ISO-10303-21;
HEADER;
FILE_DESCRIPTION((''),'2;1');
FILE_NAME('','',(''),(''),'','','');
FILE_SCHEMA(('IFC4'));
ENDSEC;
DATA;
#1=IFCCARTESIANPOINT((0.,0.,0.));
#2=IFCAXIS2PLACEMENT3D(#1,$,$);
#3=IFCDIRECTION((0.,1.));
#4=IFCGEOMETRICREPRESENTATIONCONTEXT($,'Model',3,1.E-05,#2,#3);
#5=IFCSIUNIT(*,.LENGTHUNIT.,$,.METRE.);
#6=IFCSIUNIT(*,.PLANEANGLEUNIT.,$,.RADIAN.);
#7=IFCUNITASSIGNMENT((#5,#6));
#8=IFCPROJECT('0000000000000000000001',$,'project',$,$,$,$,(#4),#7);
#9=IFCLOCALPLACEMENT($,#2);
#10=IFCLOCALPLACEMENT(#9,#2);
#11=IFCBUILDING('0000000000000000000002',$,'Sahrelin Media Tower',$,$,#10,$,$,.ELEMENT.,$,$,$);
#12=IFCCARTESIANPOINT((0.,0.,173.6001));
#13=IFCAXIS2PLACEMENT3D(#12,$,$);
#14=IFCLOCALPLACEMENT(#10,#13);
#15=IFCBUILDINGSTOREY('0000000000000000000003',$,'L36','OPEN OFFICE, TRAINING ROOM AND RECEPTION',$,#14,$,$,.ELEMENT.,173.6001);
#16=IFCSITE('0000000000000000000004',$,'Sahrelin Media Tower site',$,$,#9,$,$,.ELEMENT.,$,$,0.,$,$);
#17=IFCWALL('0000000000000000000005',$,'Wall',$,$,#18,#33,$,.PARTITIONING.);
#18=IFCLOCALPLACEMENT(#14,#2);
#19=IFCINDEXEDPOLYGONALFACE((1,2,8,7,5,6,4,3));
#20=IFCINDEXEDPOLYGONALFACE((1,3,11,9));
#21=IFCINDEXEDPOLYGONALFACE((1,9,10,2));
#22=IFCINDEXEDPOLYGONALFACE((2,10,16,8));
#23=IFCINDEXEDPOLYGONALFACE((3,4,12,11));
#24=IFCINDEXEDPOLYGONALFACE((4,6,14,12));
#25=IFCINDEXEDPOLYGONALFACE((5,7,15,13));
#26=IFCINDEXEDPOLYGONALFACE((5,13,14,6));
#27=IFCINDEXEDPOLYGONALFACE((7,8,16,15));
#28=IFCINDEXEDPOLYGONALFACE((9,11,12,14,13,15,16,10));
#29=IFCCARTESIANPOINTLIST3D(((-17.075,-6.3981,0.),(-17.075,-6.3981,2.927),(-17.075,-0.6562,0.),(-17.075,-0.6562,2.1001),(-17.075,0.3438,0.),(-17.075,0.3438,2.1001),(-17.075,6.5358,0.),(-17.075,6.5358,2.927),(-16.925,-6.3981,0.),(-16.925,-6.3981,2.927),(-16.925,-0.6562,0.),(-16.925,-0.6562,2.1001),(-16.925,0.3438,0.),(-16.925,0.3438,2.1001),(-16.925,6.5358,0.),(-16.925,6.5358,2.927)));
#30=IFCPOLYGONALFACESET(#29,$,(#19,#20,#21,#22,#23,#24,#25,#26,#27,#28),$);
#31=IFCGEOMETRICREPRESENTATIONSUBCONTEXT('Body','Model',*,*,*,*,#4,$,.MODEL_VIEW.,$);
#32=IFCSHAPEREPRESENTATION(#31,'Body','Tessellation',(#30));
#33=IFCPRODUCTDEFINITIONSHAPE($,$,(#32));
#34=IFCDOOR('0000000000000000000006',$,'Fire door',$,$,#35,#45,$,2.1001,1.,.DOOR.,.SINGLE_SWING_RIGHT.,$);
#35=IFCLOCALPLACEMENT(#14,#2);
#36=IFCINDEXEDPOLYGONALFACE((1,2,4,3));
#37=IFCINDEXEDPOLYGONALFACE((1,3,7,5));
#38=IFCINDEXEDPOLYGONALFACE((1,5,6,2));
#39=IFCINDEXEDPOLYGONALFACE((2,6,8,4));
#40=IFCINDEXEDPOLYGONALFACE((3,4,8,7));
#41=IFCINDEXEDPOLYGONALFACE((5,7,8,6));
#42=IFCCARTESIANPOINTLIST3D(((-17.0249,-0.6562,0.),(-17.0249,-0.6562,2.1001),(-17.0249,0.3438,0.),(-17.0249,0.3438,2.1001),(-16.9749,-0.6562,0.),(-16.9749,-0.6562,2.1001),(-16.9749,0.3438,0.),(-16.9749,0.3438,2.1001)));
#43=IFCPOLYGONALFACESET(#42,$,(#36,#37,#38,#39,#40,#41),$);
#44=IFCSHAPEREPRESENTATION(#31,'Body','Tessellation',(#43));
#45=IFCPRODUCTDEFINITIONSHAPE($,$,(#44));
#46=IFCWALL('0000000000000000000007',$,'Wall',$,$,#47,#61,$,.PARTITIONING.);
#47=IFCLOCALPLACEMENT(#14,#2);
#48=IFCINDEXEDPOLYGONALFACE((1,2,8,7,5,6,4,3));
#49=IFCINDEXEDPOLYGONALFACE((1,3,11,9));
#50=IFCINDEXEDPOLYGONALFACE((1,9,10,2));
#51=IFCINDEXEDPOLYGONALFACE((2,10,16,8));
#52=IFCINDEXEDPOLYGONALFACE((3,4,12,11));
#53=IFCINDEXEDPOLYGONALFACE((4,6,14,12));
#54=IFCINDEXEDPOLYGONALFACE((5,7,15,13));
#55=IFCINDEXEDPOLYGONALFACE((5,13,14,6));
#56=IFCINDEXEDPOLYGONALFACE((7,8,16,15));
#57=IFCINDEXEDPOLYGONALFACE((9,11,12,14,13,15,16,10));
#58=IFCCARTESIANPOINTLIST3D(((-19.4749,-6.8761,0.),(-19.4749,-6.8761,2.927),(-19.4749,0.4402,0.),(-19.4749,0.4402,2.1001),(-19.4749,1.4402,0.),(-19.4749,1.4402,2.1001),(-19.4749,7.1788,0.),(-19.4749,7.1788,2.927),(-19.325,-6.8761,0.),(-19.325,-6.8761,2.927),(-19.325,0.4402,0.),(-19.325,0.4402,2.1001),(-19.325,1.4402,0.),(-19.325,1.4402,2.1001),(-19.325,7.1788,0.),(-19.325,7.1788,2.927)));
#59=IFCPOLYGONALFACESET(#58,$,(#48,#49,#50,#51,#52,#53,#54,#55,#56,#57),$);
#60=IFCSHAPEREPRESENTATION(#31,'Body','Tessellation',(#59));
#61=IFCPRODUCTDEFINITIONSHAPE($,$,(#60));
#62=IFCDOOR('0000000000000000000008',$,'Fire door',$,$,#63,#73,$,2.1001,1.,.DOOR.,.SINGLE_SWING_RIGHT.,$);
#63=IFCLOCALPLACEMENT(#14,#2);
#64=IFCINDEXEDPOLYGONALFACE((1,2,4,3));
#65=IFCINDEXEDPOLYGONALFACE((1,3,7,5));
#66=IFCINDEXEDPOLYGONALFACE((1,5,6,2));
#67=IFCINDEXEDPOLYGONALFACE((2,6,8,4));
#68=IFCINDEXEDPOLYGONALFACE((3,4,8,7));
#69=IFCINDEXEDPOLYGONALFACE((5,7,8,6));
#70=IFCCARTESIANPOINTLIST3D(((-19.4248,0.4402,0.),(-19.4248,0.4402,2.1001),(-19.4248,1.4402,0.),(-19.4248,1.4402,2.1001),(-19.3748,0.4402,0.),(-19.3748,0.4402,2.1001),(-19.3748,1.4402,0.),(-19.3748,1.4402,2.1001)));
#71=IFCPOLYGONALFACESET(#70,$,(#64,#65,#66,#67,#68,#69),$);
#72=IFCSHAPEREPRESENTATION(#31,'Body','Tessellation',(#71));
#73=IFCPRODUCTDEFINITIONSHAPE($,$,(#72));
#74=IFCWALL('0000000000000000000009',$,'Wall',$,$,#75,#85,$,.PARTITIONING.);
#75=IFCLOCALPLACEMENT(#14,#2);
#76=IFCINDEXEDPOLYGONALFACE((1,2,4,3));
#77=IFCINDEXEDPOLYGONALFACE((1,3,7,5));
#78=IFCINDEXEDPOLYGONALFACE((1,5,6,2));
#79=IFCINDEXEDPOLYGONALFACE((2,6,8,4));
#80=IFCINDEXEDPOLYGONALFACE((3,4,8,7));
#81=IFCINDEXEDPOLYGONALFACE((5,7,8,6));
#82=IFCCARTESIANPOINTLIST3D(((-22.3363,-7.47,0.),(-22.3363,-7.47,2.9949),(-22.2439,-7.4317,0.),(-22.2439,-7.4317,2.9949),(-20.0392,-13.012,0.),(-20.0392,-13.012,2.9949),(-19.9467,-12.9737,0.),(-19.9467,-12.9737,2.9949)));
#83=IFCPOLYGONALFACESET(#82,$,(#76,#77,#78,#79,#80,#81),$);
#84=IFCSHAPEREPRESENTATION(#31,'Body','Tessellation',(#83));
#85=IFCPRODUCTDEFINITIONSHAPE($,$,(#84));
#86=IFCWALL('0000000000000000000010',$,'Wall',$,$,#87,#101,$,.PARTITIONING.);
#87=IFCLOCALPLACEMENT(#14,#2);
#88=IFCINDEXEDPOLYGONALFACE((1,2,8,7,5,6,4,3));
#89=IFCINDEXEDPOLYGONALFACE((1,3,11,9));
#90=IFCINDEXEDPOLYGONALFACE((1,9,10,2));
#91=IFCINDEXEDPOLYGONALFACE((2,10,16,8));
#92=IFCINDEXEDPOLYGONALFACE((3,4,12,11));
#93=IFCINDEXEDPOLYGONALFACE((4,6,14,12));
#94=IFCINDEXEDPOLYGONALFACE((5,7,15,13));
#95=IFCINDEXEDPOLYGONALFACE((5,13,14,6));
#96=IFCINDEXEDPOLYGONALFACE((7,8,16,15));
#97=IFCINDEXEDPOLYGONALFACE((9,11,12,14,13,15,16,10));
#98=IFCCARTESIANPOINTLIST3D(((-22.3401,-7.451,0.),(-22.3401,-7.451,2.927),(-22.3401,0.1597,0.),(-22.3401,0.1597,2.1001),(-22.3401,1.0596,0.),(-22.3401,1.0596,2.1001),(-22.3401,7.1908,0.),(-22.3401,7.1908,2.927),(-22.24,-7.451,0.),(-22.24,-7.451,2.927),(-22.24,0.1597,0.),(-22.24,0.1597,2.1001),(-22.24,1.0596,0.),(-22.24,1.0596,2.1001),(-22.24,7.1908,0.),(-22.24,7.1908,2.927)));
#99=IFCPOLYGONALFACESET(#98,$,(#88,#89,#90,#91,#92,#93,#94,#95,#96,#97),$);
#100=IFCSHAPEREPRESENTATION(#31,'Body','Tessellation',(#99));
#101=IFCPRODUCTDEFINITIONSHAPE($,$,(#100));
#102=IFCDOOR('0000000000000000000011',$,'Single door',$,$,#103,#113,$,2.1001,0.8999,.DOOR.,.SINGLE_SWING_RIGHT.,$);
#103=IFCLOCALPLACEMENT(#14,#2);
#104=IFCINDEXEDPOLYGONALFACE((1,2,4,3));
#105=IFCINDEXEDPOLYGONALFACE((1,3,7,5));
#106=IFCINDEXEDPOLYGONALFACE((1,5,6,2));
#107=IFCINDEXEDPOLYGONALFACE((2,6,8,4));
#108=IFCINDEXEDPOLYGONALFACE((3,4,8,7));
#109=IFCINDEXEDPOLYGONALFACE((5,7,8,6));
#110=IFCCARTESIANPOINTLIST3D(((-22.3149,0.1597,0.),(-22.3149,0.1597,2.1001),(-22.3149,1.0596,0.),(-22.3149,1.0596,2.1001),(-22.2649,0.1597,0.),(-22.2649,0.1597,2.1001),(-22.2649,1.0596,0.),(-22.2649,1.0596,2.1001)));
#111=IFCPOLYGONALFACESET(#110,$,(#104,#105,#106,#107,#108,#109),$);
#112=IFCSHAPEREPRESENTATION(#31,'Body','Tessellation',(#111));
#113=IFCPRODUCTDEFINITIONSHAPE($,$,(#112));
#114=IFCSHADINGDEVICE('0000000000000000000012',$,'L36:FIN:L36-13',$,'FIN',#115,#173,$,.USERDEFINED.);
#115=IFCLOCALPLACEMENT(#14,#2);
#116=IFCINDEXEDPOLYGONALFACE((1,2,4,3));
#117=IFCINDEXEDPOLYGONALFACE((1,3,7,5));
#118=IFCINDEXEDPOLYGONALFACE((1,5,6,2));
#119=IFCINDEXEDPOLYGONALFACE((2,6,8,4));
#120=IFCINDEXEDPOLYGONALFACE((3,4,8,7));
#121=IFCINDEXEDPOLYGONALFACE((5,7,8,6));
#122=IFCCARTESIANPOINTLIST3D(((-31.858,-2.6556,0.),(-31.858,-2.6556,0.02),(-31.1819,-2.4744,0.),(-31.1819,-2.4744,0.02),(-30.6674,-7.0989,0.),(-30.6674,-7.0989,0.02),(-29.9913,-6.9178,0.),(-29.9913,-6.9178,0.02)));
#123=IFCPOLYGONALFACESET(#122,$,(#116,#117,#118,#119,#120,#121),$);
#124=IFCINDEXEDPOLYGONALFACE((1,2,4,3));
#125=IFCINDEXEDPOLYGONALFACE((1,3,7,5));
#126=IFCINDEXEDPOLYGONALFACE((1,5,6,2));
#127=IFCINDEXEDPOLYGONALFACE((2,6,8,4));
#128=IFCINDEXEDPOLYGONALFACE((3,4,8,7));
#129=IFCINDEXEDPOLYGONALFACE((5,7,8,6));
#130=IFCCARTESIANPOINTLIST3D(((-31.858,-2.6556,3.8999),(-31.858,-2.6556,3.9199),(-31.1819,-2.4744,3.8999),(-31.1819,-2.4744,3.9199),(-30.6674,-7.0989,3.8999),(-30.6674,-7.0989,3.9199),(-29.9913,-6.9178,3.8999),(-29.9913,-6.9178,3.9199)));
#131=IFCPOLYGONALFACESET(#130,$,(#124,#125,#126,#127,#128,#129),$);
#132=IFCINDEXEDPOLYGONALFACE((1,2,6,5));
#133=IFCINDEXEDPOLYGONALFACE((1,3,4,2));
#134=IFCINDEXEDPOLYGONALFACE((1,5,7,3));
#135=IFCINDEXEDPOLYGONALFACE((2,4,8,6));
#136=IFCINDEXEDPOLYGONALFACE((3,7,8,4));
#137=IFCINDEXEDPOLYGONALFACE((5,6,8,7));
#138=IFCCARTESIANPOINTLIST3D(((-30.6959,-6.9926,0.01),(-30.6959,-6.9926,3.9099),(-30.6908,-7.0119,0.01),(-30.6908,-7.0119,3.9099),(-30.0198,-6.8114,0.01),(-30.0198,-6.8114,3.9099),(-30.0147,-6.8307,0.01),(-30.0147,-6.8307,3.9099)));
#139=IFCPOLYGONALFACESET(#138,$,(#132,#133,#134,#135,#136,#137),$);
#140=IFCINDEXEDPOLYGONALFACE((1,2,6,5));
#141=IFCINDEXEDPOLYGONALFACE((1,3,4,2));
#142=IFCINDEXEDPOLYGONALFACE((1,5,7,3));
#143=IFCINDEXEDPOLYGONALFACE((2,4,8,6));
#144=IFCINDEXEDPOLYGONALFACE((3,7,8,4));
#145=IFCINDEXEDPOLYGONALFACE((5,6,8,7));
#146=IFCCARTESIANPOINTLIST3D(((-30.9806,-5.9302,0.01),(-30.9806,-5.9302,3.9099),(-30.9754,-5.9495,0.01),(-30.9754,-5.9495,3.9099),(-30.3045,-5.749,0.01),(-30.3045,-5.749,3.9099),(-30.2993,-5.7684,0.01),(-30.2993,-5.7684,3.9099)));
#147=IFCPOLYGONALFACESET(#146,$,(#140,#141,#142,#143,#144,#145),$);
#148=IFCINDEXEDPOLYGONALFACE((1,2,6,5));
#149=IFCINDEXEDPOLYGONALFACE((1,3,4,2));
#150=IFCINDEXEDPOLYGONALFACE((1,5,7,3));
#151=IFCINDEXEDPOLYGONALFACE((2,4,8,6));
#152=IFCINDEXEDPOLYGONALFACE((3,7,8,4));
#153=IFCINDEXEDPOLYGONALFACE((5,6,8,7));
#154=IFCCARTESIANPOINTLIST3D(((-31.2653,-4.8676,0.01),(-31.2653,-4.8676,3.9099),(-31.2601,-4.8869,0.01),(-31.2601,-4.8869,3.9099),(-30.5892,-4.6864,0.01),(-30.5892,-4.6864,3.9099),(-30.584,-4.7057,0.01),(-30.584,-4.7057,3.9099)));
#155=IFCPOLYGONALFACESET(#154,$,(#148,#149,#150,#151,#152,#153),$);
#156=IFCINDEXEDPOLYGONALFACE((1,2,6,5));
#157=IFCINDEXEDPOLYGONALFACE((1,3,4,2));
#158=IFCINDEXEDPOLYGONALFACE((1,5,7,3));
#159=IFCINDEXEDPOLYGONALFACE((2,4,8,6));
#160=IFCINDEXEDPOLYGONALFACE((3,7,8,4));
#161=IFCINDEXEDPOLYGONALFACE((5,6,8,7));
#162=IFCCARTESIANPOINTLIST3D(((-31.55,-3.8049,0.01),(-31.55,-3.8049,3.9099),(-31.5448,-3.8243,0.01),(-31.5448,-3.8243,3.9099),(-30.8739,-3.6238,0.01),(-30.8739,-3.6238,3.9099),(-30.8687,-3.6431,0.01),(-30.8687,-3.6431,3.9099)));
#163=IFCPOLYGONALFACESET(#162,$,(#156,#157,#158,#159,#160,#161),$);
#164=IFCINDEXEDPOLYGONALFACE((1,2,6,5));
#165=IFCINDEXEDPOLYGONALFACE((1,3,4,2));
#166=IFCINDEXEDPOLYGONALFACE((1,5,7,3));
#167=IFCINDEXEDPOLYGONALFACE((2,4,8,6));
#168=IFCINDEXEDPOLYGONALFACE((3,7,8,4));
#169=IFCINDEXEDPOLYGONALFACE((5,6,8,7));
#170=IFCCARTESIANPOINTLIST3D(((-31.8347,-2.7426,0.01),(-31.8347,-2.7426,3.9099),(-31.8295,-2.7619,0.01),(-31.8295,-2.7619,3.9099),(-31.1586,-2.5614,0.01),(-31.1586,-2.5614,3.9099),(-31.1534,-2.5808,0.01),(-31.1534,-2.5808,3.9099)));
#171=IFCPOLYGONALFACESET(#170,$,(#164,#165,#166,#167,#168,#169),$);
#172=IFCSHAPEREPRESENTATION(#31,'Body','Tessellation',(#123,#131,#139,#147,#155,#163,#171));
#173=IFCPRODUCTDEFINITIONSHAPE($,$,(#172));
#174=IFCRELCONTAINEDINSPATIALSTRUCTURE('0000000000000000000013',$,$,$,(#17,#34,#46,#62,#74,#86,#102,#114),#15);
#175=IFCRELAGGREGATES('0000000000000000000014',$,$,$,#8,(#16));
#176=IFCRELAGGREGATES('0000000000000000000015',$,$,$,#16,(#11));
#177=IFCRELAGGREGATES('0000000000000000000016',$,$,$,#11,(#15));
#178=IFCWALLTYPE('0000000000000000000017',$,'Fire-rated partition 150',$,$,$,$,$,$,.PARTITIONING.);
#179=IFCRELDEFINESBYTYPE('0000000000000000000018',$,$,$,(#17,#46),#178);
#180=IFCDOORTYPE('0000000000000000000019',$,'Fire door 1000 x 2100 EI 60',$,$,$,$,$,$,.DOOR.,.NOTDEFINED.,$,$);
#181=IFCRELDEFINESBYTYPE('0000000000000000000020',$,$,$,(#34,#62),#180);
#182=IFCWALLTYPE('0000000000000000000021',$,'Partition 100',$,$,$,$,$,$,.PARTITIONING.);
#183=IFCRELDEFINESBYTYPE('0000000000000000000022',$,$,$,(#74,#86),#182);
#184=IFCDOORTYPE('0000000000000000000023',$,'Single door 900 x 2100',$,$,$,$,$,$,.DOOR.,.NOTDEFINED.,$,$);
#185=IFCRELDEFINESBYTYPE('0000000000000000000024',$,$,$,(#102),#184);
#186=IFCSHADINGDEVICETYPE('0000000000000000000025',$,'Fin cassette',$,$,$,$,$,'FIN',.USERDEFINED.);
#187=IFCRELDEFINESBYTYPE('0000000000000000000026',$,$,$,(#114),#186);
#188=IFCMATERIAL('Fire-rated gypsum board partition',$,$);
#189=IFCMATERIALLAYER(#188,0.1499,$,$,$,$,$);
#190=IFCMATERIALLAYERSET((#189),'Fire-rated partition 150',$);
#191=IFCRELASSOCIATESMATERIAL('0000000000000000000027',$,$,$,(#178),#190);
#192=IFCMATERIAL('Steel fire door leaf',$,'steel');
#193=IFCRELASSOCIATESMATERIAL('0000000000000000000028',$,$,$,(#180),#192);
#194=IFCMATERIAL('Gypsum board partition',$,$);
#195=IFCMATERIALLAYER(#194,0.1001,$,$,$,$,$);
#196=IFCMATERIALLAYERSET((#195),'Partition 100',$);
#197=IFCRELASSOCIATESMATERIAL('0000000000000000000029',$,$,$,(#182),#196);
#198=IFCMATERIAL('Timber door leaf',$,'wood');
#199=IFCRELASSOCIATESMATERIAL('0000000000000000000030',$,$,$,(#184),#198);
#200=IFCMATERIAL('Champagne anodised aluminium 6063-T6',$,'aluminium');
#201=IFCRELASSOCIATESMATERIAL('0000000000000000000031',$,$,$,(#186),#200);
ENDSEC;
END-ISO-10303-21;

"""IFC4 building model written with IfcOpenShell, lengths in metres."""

from ifc_helpers import new_model, si_unit, direction, frame, frame_2d, origin, origin_2d, place, context, subcontext, project, spatial, rectangle, extrude, material, layer, layer_set, type_object, element, fill, save


model = new_model("IFC4")

# Units and contexts
model_context = context("Model", 3, precision=1e-05, world=origin(), true_north=direction((0.0, 1.0)))
body_context = subcontext(model_context, "Body", "Model", "MODEL_VIEW")
ifc_project = project(units=[si_unit("LENGTHUNIT", "METRE"), si_unit("PLANEANGLEUNIT", "RADIAN")], contexts=[model_context])

# Site, building, storey
site_placement = place(None, origin())
site = spatial("IfcSite", under=ifc_project, at=site_placement, Name="Sahrelin Media Tower site", CompositionType="ELEMENT", RefElevation=0.0)
building_placement = place(site_placement, origin())
building = spatial("IfcBuilding", under=site, at=building_placement, Name="Sahrelin Media Tower", CompositionType="ELEMENT")
storey_placement = place(building_placement, frame((0.0, 0.0, 173.6001)))
storey = spatial("IfcBuildingStorey", under=building, at=storey_placement, Name="L36", Description="OPEN OFFICE, TRAINING ROOM AND RECEPTION", CompositionType="ELEMENT", Elevation=173.6001)

# Shared definitions
ifc_material_1 = material(Name="Champagne anodised aluminium 6063-T6", Category="aluminium")

# Shared definitions
ifc_material_2 = material(Name="Fire-rated gypsum board partition")
ifc_layer_1 = layer(ifc_material_2, 0.1499)
ifc_layer_set_1 = layer_set([ifc_layer_1], Name="Fire-rated partition 150")
wall_type_1 = type_object("IfcWallType", Name="Fire-rated partition 150", PredefinedType="PARTITIONING", material=ifc_layer_set_1)
ifc_material_3 = material(Name="Steel fire door leaf", Category="steel")
door_type_1 = type_object("IfcDoorType", Name="Fire door 1000 x 2100 EI 60", OperationType="NOTDEFINED", PredefinedType="DOOR", material=ifc_material_3)

# Walls, openings, doors
wall_1_placement = place(storey_placement, frame((-17.0, -6.3979, 0.0), z_axis=(0.0, 0.0, 1.0), x_axis=(0.0, 1.0, 0.0)))
wall_1 = element("IfcWall", 1, at=wall_1_placement, inside=storey, type_object=wall_type_1, Name="Wall", PredefinedType="PARTITIONING", context=body_context, shape_type="SweptSolid", body=[
    extrude(rectangle(XDim=12.9338, YDim=0.1499, at=frame_2d((6.4668, 0.0))), origin(), (0.0, 0.0, 1.0), 2.927),
])
opening_1_placement = place(wall_1_placement, frame((5.7417, 0.0, 0.0)))
opening_1 = element("IfcOpeningElement", 2, at=opening_1_placement, cuts=wall_1, PredefinedType="OPENING", context=body_context, shape_type="SweptSolid", body=[
    extrude(rectangle(XDim=1.0, YDim=2.1001, at=frame_2d((0.5, 1.05))), frame((0.0, 0.075, 0.0), z_axis=(0.0, -1.0, 0.0), x_axis=(1.0, 0.0, 0.0)), (0.0, 0.0, 1.0), 0.1499),
])
door_1_placement = place(opening_1_placement, origin())
door_1 = element("IfcDoor", 3, at=door_1_placement, inside=storey, type_object=door_type_1, Name="Fire door", OperationType="SINGLE_SWING_RIGHT", OverallHeight=2.1001, OverallWidth=1.0, PredefinedType="DOOR", context=body_context, shape_type="SweptSolid", body=[
    extrude(rectangle(XDim=1.0, YDim=2.1001, at=frame_2d((0.5, 1.05))), frame((0.0, 0.0249, 0.0), z_axis=(0.0, -1.0, 0.0), x_axis=(1.0, 0.0, 0.0)), (0.0, 0.0, 1.0), 0.05),
])
fill(opening_1, door_1)
wall_2_placement = place(storey_placement, frame((-19.3999, -6.876, 0.0), z_axis=(0.0, 0.0, 1.0), x_axis=(0.0, 1.0, 0.0)))
wall_2 = element("IfcWall", 4, at=wall_2_placement, inside=storey, type_object=wall_type_1, Name="Wall", PredefinedType="PARTITIONING", context=body_context, shape_type="SweptSolid", body=[
    extrude(rectangle(XDim=14.0549, YDim=0.1499, at=frame_2d((7.0273, 0.0))), origin(), (0.0, 0.0, 1.0), 2.927),
])
opening_2_placement = place(wall_2_placement, frame((7.3162, 0.0, 0.0)))
opening_2 = element("IfcOpeningElement", 5, at=opening_2_placement, cuts=wall_2, PredefinedType="OPENING", context=body_context, shape_type="SweptSolid", body=[
    extrude(rectangle(XDim=1.0, YDim=2.1001, at=frame_2d((0.5, 1.05))), frame((0.0, 0.075, 0.0), z_axis=(0.0, -1.0, 0.0), x_axis=(1.0, 0.0, 0.0)), (0.0, 0.0, 1.0), 0.1499),
])
door_2_placement = place(opening_2_placement, origin())
door_2 = element("IfcDoor", 6, at=door_2_placement, inside=storey, type_object=door_type_1, Name="Fire door", OperationType="SINGLE_SWING_RIGHT", OverallHeight=2.1001, OverallWidth=1.0, PredefinedType="DOOR", context=body_context, shape_type="SweptSolid", body=[
    extrude(rectangle(XDim=1.0, YDim=2.1001, at=frame_2d((0.5, 1.05))), frame((0.0, 0.0249, 0.0), z_axis=(0.0, -1.0, 0.0), x_axis=(1.0, 0.0, 0.0)), (0.0, 0.0, 1.0), 0.05),
])
fill(opening_2, door_2)

# Wall
ifc_material_4 = material(Name="Gypsum board partition")
ifc_layer_2 = layer(ifc_material_4, 0.1001)
ifc_layer_set_2 = layer_set([ifc_layer_2], Name="Partition 100")
wall_type_2 = type_object("IfcWallType", Name="Partition 100", PredefinedType="PARTITIONING", material=ifc_layer_set_2)
wall_3_placement = place(storey_placement, frame((-22.29, -7.4509, 0.0), z_axis=(0.0, 0.0, 1.0), x_axis=(0.382904, -0.923788, 0.0)))
element("IfcWall", 7, at=wall_3_placement, inside=storey, type_object=wall_type_2, Name="Wall", PredefinedType="PARTITIONING", context=body_context, shape_type="SweptSolid", body=[
    extrude(rectangle(XDim=5.9993, YDim=0.1001, at=frame_2d((2.9995, 0.0))), origin(), (0.0, 0.0, 1.0), 2.9949),
])

# Wall, opening, door
wall_4_placement = place(storey_placement, frame((-22.29, -7.4509, 0.0), z_axis=(0.0, 0.0, 1.0), x_axis=(0.0, 1.0, 0.0)))
wall_4 = element("IfcWall", 8, at=wall_4_placement, inside=storey, type_object=wall_type_2, Name="Wall", PredefinedType="PARTITIONING", context=body_context, shape_type="SweptSolid", body=[
    extrude(rectangle(XDim=14.6418, YDim=0.1001, at=frame_2d((7.3208, 0.0))), origin(), (0.0, 0.0, 1.0), 2.927),
])
opening_3_placement = place(wall_4_placement, frame((7.6106, 0.0, 0.0)))
opening_3 = element("IfcOpeningElement", 9, at=opening_3_placement, cuts=wall_4, PredefinedType="OPENING", context=body_context, shape_type="SweptSolid", body=[
    extrude(rectangle(XDim=0.8999, YDim=2.1001, at=frame_2d((0.45, 1.05))), frame((0.0, 0.05, 0.0), z_axis=(0.0, -1.0, 0.0), x_axis=(1.0, 0.0, 0.0)), (0.0, 0.0, 1.0), 0.1001),
])
ifc_material_5 = material(Name="Timber door leaf", Category="wood")
door_type_2 = type_object("IfcDoorType", Name="Single door 900 x 2100", OperationType="NOTDEFINED", PredefinedType="DOOR", material=ifc_material_5)
door_3_placement = place(opening_3_placement, origin())
door_3 = element("IfcDoor", 10, at=door_3_placement, inside=storey, type_object=door_type_2, Name="Single door", OperationType="SINGLE_SWING_RIGHT", OverallHeight=2.1001, OverallWidth=0.8999, PredefinedType="DOOR", context=body_context, shape_type="SweptSolid", body=[
    extrude(rectangle(XDim=0.8999, YDim=2.1001, at=frame_2d((0.45, 1.05))), frame((0.0, 0.0249, 0.0), z_axis=(0.0, -1.0, 0.0), x_axis=(1.0, 0.0, 0.0)), (0.0, 0.0, 1.0), 0.05),
])
fill(opening_3, door_3)

# Shading device
shading_device_type_1 = type_object("IfcShadingDeviceType", Name="Fin cassette", ElementType="FIN", PredefinedType="USERDEFINED", material=ifc_material_1)
placement = place(storey_placement, frame((-30.519, -4.678, 0.0), z_axis=(0.0, 0.0, 1.0), x_axis=(-0.258808, 0.965929, 0.0)))
element("IfcShadingDevice", 11, at=placement, inside=storey, type_object=shading_device_type_1, Name="L36:FIN:L36-13", ObjectType="FIN", PredefinedType="USERDEFINED", context=body_context, shape_type="SweptSolid", body=[
    extrude(rectangle(XDim=4.6001, YDim=0.7, at=origin_2d()), frame((0.0, 0.4199, 0.0)), (0.0, 0.0, 1.0), 0.02),
    extrude(rectangle(XDim=4.6001, YDim=0.7, at=origin_2d()), frame((0.0, 0.4199, 3.8999)), (0.0, 0.0, 1.0), 0.02),
    extrude(rectangle(XDim=0.02, YDim=0.7, at=origin_2d()), frame((-2.2, 0.4199, 0.01), z_axis=(0.0, 0.0, 1.0), x_axis=(1.0, 0.0, 0.0)), (0.0, 0.0, 1.0), 3.8999),
    extrude(rectangle(XDim=0.02, YDim=0.7, at=origin_2d()), frame((-1.1001, 0.4199, 0.01), z_axis=(0.0, 0.0, 1.0), x_axis=(1.0, 0.0, 0.0)), (0.0, 0.0, 1.0), 3.8999),
    extrude(rectangle(XDim=0.02, YDim=0.7, at=origin_2d()), frame((0.0, 0.4199, 0.01), z_axis=(0.0, 0.0, 1.0), x_axis=(1.0, 0.0, 0.0)), (0.0, 0.0, 1.0), 3.8999),
    extrude(rectangle(XDim=0.02, YDim=0.7, at=origin_2d()), frame((1.1001, 0.4199, 0.01), z_axis=(0.0, 0.0, 1.0), x_axis=(1.0, 0.0, 0.0)), (0.0, 0.0, 1.0), 3.8999),
    extrude(rectangle(XDim=0.02, YDim=0.7, at=origin_2d()), frame((2.2, 0.4199, 0.01), z_axis=(0.0, 0.0, 1.0), x_axis=(1.0, 0.0, 0.0)), (0.0, 0.0, 1.0), 3.8999),
])

save(model, "model.ifc")
